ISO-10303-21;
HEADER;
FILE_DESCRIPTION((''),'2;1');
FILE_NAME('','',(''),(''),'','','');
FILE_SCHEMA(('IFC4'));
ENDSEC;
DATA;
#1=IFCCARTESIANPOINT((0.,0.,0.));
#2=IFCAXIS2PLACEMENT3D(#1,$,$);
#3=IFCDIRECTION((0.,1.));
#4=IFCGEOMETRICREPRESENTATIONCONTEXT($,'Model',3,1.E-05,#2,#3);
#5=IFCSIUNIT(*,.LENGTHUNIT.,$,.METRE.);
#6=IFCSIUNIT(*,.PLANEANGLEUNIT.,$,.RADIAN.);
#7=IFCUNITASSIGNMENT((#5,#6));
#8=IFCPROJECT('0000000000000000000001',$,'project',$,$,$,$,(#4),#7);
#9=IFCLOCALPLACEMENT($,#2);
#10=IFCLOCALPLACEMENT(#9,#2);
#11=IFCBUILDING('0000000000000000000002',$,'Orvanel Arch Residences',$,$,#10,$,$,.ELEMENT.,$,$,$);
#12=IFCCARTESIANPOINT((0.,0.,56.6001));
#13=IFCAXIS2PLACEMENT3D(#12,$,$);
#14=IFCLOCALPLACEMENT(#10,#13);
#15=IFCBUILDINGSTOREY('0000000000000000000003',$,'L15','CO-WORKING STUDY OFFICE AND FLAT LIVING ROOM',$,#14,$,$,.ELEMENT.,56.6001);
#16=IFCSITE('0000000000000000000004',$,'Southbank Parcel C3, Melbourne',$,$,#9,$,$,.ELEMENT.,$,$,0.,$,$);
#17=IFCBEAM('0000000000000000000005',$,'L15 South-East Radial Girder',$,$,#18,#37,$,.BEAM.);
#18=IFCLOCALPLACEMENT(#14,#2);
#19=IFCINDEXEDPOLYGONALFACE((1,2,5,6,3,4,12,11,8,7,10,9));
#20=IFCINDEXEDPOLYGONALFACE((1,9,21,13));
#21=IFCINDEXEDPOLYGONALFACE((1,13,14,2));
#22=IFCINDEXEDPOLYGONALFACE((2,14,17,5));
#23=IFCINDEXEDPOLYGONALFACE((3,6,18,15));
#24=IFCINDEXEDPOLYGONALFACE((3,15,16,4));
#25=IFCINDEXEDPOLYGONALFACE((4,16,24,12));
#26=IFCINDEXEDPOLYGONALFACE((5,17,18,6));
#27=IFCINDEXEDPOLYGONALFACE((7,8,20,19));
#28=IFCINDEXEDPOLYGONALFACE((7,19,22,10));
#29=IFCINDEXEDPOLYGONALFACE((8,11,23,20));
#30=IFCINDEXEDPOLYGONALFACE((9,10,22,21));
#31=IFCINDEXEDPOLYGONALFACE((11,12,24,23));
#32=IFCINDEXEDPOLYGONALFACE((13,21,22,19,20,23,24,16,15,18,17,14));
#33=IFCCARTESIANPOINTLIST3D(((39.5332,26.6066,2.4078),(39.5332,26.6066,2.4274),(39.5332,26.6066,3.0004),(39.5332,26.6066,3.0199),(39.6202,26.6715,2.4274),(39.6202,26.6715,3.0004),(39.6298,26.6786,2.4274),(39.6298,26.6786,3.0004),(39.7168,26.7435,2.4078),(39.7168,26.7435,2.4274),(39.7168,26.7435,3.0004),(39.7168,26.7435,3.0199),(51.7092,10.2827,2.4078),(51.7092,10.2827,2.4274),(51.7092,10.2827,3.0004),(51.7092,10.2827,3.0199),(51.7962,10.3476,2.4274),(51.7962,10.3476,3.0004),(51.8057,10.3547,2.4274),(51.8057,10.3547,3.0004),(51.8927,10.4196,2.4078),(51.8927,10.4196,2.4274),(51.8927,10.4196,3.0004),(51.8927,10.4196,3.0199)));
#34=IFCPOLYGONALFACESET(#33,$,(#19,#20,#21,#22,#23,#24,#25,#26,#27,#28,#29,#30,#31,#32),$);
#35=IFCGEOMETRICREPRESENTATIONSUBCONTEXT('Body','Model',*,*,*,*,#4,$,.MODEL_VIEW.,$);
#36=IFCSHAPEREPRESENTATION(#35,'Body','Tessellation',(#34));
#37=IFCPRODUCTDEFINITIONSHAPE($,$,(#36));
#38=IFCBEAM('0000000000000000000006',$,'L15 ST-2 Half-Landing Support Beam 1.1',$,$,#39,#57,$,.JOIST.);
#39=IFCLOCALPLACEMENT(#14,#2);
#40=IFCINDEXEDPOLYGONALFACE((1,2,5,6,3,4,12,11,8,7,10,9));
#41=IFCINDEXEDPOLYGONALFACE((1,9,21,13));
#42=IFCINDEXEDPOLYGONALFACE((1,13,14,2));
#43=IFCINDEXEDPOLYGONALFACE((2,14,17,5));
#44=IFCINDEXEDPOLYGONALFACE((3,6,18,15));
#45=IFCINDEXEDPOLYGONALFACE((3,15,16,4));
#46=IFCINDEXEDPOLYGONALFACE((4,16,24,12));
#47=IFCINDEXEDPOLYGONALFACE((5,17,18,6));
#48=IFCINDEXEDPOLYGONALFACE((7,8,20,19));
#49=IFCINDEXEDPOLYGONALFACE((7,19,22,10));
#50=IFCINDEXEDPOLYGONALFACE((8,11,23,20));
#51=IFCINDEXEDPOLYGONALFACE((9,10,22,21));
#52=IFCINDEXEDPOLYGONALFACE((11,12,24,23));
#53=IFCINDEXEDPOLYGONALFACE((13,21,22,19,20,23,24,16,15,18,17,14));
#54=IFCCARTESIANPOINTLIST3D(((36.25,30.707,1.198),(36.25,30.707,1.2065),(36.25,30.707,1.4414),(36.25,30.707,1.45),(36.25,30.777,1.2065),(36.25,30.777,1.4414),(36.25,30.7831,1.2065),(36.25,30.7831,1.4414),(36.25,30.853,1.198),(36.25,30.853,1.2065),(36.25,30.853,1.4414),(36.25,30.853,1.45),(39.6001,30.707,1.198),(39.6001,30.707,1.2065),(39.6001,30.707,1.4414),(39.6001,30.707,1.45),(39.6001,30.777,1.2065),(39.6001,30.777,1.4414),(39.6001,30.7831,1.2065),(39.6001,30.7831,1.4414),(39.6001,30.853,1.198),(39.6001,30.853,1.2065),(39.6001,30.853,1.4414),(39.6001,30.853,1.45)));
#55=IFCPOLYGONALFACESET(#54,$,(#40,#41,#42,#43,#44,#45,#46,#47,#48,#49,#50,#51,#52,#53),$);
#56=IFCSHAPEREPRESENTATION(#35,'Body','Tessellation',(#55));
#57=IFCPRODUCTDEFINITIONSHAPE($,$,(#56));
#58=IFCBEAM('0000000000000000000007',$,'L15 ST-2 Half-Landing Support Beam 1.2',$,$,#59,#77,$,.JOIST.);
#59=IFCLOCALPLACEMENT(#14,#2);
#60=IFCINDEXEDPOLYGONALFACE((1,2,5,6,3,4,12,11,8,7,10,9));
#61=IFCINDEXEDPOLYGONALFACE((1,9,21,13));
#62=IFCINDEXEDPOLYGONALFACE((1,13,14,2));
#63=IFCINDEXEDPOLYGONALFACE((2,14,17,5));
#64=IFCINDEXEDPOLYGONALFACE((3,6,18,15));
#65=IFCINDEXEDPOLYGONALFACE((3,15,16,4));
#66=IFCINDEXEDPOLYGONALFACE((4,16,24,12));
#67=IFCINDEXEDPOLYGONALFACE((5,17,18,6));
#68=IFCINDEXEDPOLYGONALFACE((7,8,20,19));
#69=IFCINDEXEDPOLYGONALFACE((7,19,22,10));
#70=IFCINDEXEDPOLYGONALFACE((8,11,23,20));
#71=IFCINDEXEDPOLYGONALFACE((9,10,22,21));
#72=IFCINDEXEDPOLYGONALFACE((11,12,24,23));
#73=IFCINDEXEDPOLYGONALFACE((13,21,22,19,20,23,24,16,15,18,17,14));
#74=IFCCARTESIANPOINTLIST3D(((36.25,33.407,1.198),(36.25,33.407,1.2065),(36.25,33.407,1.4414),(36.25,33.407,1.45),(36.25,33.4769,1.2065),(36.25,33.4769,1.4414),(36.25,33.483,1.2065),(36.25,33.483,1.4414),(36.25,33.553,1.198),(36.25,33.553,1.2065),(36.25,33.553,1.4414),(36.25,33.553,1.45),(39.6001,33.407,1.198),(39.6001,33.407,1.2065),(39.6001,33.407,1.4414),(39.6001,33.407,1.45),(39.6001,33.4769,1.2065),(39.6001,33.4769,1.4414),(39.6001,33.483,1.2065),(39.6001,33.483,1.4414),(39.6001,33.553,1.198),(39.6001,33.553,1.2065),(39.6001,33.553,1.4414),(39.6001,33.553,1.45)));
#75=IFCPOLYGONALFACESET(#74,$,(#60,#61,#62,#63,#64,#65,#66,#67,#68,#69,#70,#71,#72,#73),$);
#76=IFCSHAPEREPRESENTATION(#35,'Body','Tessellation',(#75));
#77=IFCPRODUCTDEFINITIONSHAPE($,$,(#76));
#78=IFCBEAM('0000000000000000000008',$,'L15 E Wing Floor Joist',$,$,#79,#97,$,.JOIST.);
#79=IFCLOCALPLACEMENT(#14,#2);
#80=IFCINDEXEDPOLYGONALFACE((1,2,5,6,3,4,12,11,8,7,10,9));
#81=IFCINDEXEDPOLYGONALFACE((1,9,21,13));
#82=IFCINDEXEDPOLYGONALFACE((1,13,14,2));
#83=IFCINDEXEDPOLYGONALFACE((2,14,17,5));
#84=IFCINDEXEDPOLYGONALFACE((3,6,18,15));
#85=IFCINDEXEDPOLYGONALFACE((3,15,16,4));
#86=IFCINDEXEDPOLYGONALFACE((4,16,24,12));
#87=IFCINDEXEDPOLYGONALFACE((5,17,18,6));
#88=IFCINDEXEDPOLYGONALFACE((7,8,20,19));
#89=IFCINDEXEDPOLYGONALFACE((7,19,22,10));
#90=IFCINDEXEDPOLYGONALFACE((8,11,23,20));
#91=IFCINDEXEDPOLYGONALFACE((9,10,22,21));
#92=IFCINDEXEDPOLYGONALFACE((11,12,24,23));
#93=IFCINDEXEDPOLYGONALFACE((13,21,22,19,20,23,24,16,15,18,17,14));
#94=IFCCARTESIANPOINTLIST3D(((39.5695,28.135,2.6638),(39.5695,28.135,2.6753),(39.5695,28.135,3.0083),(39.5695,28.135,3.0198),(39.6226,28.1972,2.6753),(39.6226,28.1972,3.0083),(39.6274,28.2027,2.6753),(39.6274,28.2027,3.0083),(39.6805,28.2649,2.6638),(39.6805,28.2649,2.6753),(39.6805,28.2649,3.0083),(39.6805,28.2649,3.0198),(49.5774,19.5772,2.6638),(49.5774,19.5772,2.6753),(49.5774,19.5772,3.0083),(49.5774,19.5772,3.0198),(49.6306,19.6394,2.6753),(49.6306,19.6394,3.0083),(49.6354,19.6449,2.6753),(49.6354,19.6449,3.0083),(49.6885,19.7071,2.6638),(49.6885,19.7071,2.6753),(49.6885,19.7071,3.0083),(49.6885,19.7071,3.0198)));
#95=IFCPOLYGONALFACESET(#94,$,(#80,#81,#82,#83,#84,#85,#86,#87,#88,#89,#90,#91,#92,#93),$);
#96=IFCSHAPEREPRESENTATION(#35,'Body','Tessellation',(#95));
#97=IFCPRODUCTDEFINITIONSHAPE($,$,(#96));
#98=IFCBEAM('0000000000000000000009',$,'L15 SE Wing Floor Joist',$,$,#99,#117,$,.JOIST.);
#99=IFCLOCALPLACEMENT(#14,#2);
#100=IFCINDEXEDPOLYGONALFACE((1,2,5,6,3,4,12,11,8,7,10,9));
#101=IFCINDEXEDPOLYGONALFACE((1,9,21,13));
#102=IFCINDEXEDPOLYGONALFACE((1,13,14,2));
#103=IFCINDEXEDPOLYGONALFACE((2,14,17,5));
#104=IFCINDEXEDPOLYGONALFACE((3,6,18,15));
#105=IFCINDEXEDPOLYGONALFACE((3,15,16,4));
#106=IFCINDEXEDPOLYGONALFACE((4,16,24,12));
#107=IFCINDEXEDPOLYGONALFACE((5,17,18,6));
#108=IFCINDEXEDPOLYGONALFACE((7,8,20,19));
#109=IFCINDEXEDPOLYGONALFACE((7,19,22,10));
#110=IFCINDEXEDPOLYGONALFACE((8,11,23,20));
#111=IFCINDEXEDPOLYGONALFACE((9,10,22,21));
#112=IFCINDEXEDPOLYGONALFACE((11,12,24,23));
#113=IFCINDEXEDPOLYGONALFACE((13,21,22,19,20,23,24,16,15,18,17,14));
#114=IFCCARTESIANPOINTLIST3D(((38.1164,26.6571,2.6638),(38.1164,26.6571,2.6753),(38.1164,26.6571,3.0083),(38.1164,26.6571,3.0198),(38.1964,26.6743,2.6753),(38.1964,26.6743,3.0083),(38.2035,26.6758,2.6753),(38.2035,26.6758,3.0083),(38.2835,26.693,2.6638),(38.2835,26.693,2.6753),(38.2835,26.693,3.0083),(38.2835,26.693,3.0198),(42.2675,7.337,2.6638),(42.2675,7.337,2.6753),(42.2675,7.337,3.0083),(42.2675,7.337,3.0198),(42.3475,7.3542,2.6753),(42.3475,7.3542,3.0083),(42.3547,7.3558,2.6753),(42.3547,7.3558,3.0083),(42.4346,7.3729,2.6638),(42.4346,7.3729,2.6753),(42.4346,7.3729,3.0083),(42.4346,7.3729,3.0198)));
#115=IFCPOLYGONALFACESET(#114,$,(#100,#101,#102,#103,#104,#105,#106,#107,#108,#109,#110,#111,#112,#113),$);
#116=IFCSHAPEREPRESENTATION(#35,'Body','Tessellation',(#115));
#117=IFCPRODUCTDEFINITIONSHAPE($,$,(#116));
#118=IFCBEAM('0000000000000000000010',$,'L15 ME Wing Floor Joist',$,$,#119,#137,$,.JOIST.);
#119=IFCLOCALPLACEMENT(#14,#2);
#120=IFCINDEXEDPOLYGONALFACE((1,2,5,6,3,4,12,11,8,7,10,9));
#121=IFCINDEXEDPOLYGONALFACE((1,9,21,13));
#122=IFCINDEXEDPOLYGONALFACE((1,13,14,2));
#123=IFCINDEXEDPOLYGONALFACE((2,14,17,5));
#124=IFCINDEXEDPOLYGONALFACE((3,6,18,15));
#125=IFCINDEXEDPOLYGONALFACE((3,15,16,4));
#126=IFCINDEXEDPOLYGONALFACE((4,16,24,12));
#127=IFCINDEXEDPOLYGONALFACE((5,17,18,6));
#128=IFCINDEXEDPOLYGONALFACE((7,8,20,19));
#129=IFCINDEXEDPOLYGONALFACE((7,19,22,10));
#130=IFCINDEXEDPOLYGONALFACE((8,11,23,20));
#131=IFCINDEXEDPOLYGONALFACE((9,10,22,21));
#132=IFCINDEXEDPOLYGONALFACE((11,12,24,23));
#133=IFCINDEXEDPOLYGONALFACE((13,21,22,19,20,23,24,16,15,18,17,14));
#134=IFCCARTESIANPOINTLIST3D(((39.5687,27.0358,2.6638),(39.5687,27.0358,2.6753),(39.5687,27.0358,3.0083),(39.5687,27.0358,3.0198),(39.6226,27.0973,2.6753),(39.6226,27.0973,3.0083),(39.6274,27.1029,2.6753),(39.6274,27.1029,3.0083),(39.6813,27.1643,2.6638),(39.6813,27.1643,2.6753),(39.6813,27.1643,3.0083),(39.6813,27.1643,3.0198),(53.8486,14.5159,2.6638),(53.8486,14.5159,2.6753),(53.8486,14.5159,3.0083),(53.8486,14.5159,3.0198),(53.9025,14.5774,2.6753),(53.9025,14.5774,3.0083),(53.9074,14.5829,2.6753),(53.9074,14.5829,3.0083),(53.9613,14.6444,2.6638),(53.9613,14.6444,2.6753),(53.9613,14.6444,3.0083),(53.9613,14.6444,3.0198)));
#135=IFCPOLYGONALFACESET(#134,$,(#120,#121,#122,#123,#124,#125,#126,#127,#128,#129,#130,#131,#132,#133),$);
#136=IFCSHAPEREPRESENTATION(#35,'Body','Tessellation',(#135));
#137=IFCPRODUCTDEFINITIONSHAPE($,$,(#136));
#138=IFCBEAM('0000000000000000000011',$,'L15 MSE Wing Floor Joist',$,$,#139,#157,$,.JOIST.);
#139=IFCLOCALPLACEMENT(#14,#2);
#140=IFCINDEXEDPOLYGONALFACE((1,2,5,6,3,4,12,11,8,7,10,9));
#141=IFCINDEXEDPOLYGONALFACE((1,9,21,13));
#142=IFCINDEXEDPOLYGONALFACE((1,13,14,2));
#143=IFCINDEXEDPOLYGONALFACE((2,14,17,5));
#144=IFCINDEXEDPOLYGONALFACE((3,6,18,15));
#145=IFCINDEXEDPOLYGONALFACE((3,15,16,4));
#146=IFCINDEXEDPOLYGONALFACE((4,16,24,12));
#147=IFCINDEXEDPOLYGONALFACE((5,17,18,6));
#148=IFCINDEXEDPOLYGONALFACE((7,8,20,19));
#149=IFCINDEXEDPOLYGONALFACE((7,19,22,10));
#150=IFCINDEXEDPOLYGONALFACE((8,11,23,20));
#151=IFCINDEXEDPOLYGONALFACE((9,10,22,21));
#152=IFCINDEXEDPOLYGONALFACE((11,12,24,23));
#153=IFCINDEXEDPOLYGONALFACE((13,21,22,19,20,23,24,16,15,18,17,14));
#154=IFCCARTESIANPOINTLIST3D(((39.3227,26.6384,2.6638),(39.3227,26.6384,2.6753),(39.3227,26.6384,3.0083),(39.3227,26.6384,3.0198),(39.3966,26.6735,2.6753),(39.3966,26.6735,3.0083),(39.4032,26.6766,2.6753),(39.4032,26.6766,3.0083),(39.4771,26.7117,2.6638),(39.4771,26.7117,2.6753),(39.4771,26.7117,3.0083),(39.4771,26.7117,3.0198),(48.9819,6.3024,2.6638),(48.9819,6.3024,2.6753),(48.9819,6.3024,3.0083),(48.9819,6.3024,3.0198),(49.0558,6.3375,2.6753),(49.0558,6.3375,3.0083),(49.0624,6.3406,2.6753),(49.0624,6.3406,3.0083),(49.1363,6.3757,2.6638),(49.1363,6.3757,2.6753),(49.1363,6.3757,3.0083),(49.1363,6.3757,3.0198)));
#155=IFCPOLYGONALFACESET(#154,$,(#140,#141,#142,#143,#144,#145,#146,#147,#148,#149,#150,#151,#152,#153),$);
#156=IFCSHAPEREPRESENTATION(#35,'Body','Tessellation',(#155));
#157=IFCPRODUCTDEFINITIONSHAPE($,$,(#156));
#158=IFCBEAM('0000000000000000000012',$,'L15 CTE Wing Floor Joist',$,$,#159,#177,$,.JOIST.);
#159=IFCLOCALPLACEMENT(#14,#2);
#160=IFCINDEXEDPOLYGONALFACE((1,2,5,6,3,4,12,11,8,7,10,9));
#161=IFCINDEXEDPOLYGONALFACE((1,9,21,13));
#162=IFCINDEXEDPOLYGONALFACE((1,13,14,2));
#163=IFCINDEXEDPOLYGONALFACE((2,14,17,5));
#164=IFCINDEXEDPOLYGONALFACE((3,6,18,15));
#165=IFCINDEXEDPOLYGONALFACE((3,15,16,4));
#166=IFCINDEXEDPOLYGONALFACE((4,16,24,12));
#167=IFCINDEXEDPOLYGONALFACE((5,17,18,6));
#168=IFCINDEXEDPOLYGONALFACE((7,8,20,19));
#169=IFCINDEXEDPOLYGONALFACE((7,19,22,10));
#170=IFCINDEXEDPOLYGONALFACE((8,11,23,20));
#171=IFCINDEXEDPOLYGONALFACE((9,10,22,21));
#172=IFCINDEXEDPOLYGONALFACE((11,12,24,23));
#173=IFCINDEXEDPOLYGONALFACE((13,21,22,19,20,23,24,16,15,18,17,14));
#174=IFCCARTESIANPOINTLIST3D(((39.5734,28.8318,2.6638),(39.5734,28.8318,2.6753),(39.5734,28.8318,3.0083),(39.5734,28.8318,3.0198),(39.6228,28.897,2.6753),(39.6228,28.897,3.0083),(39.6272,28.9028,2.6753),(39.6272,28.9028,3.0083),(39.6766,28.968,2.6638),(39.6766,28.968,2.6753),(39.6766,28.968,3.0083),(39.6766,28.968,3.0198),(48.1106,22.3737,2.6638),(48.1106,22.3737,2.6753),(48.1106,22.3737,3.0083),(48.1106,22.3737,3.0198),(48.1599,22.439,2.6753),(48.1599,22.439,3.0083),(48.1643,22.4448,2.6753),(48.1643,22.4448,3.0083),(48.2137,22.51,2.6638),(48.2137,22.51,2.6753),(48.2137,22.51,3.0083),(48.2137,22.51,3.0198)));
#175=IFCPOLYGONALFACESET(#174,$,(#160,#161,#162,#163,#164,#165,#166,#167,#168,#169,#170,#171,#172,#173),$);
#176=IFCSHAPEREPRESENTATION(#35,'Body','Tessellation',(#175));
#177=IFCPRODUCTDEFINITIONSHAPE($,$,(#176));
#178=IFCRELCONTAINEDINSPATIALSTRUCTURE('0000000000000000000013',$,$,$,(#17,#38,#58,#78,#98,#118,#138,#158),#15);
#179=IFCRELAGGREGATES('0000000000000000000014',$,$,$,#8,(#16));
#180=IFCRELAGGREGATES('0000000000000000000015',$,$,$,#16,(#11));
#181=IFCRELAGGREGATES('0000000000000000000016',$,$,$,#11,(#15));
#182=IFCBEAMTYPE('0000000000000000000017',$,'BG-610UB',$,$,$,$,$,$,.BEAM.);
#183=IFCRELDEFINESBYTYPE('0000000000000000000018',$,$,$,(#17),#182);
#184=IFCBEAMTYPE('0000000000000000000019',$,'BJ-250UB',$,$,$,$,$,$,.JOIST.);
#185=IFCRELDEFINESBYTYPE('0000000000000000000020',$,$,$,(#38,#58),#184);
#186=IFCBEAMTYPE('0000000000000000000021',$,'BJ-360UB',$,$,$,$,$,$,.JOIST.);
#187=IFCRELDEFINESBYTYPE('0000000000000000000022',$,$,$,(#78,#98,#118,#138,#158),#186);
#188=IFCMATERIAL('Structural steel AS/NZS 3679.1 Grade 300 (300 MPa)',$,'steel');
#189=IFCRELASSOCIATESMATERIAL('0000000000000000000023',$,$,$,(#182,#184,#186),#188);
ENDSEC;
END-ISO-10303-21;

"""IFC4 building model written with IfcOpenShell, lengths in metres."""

from ifc_helpers import new_model, si_unit, direction, frame, origin, origin_2d, place, context, subcontext, project, spatial, i_section, extrude, material, material_profile, profile_set, type_object, element, save


model = new_model("IFC4")

# Units and contexts
model_context = context("Model", 3, precision=1e-05, world=origin(), true_north=direction((0.0, 1.0)))
body_context = subcontext(model_context, "Body", "Model", "MODEL_VIEW")
ifc_project = project(units=[si_unit("LENGTHUNIT", "METRE"), si_unit("PLANEANGLEUNIT", "RADIAN")], contexts=[model_context])

# Site, building, storey
site_placement = place(None, origin())
site = spatial("IfcSite", under=ifc_project, at=site_placement, Name="Southbank Parcel C3, Melbourne", CompositionType="ELEMENT", RefElevation=0.0)
building_placement = place(site_placement, origin())
building = spatial("IfcBuilding", under=site, at=building_placement, Name="Orvanel Arch Residences", CompositionType="ELEMENT")
storey_placement = place(building_placement, frame((0.0, 0.0, 56.6001)))
storey = spatial("IfcBuildingStorey", under=building, at=storey_placement, Name="L15", Description="CO-WORKING STUDY OFFICE AND FLAT LIVING ROOM", CompositionType="ELEMENT", Elevation=56.6001)

# Beams
ifc_material_1 = material(Name="Structural steel AS/NZS 3679.1 Grade 300 (300 MPa)", Category="steel")
ifc_material_profile_1 = material_profile(ifc_material_1, i_section(OverallWidth=0.229, OverallDepth=0.6121, WebThickness=0.012, FlangeThickness=0.0195, at=origin_2d()), Name="610UB125")
ifc_profile_set_1 = profile_set([ifc_material_profile_1], Name="Structural steel AS/NZS 3679.1 Grade 300 (300 MPa)")
beam_type_1 = type_object("IfcBeamType", Name="BG-610UB", PredefinedType="BEAM", material=ifc_profile_set_1)
beam_1_placement = place(storey_placement, frame((39.625, 26.675, 2.7139), z_axis=(0.597894, -0.801575, 0.0), x_axis=(0.801575, 0.597894, 0.0)))
element("IfcBeam", 1, at=beam_1_placement, inside=storey, type_object=beam_type_1, Name="L15 South-East Radial Girder", PredefinedType="BEAM", context=body_context, shape_type="SweptSolid", body=[
    extrude(i_section(OverallWidth=0.229, OverallDepth=0.6121, WebThickness=0.012, FlangeThickness=0.0195, at=origin_2d()), origin(), (0.0, 0.0, 1.0), 20.3647),
])
ifc_material_profile_2 = material_profile(ifc_material_1, i_section(OverallWidth=0.146, OverallDepth=0.252, WebThickness=0.0061, FlangeThickness=0.0085, at=origin_2d()), Name="250UB31.4")
ifc_profile_set_2 = profile_set([ifc_material_profile_2], Name="Structural steel AS/NZS 3679.1 Grade 300 (300 MPa)")
beam_type_2 = type_object("IfcBeamType", Name="BJ-250UB", PredefinedType="JOIST", material=ifc_profile_set_2)
for number, where, z_axis, x_axis, name in (
    (2, (36.25, 30.78, 1.324), (1.0, 0.0, 0.0), (0.0, 1.0, 0.0), "L15 ST-2 Half-Landing Support Beam 1.1"),
    (3, (36.25, 33.48, 1.324), (1.0, 0.0, 0.0), (0.0, 1.0, 0.0), "L15 ST-2 Half-Landing Support Beam 1.2"),
):
    element("IfcBeam", number, at=place(storey_placement, frame(where, z_axis=z_axis, x_axis=x_axis)), inside=storey, type_object=beam_type_2, Name=name, PredefinedType="JOIST", context=body_context, shape_type="SweptSolid", body=[
        extrude(i_section(OverallWidth=0.146, OverallDepth=0.252, WebThickness=0.0061, FlangeThickness=0.0085, at=origin_2d()), origin(), (0.0, 0.0, 1.0), 3.3501),
    ])
ifc_material_profile_3 = material_profile(ifc_material_1, i_section(OverallWidth=0.1709, OverallDepth=0.356, WebThickness=0.0073, FlangeThickness=0.0115, at=origin_2d()), Name="360UB50.7")
ifc_profile_set_3 = profile_set([ifc_material_profile_3], Name="Structural steel AS/NZS 3679.1 Grade 300 (300 MPa)")
beam_type_3 = type_object("IfcBeamType", Name="BJ-360UB", PredefinedType="JOIST", material=ifc_profile_set_3)
beam_2_placement = place(storey_placement, frame((39.625, 28.2, 2.8418), z_axis=(0.760024, -0.649895, 0.0), x_axis=(0.649895, 0.760024, 0.0)))
element("IfcBeam", 4, at=beam_2_placement, inside=storey, type_object=beam_type_3, Name="L15 E Wing Floor Joist", PredefinedType="JOIST", context=body_context, shape_type="SweptSolid", body=[
    extrude(i_section(OverallWidth=0.1709, OverallDepth=0.356, WebThickness=0.0073, FlangeThickness=0.0115, at=origin_2d()), origin(), (0.0, 0.0, 1.0), 13.168),
])
beam_3_placement = place(storey_placement, frame((38.2, 26.675, 2.8418), z_axis=(0.210067, -0.977687, 0.0), x_axis=(0.977687, 0.210067, 0.0)))
element("IfcBeam", 5, at=beam_3_placement, inside=storey, type_object=beam_type_3, Name="L15 SE Wing Floor Joist", PredefinedType="JOIST", context=body_context, shape_type="SweptSolid", body=[
    extrude(i_section(OverallWidth=0.1709, OverallDepth=0.356, WebThickness=0.0073, FlangeThickness=0.0115, at=origin_2d()), origin(), (0.0, 0.0, 1.0), 19.761),
])
beam_4_placement = place(storey_placement, frame((39.625, 27.1001, 2.8418), z_axis=(0.751924, -0.65925, 0.0), x_axis=(0.65925, 0.751924, 0.0)))
element("IfcBeam", 6, at=beam_4_placement, inside=storey, type_object=beam_type_3, Name="L15 ME Wing Floor Joist", PredefinedType="JOIST", context=body_context, shape_type="SweptSolid", body=[
    extrude(i_section(OverallWidth=0.1709, OverallDepth=0.356, WebThickness=0.0073, FlangeThickness=0.0115, at=origin_2d()), origin(), (0.0, 0.0, 1.0), 18.9912),
])
beam_5_placement = place(storey_placement, frame((39.3999, 26.675, 2.8418), z_axis=(0.429043, -0.903284, 0.0), x_axis=(0.903284, 0.429043, 0.0)))
element("IfcBeam", 7, at=beam_5_placement, inside=storey, type_object=beam_type_3, Name="L15 MSE Wing Floor Joist", PredefinedType="JOIST", context=body_context, shape_type="SweptSolid", body=[
    extrude(i_section(OverallWidth=0.1709, OverallDepth=0.356, WebThickness=0.0073, FlangeThickness=0.0115, at=origin_2d()), origin(), (0.0, 0.0, 1.0), 22.5134),
])
beam_6_placement = place(storey_placement, frame((39.625, 28.8999, 2.8418), z_axis=(0.797519, -0.603294, 0.0), x_axis=(0.603294, 0.797519, 0.0)))
element("IfcBeam", 8, at=beam_6_placement, inside=storey, type_object=beam_type_3, Name="L15 CTE Wing Floor Joist", PredefinedType="JOIST", context=body_context, shape_type="SweptSolid", body=[
    extrude(i_section(OverallWidth=0.1709, OverallDepth=0.356, WebThickness=0.0073, FlangeThickness=0.0115, at=origin_2d()), origin(), (0.0, 0.0, 1.0), 10.7046),
])

save(model, "model.ifc")
